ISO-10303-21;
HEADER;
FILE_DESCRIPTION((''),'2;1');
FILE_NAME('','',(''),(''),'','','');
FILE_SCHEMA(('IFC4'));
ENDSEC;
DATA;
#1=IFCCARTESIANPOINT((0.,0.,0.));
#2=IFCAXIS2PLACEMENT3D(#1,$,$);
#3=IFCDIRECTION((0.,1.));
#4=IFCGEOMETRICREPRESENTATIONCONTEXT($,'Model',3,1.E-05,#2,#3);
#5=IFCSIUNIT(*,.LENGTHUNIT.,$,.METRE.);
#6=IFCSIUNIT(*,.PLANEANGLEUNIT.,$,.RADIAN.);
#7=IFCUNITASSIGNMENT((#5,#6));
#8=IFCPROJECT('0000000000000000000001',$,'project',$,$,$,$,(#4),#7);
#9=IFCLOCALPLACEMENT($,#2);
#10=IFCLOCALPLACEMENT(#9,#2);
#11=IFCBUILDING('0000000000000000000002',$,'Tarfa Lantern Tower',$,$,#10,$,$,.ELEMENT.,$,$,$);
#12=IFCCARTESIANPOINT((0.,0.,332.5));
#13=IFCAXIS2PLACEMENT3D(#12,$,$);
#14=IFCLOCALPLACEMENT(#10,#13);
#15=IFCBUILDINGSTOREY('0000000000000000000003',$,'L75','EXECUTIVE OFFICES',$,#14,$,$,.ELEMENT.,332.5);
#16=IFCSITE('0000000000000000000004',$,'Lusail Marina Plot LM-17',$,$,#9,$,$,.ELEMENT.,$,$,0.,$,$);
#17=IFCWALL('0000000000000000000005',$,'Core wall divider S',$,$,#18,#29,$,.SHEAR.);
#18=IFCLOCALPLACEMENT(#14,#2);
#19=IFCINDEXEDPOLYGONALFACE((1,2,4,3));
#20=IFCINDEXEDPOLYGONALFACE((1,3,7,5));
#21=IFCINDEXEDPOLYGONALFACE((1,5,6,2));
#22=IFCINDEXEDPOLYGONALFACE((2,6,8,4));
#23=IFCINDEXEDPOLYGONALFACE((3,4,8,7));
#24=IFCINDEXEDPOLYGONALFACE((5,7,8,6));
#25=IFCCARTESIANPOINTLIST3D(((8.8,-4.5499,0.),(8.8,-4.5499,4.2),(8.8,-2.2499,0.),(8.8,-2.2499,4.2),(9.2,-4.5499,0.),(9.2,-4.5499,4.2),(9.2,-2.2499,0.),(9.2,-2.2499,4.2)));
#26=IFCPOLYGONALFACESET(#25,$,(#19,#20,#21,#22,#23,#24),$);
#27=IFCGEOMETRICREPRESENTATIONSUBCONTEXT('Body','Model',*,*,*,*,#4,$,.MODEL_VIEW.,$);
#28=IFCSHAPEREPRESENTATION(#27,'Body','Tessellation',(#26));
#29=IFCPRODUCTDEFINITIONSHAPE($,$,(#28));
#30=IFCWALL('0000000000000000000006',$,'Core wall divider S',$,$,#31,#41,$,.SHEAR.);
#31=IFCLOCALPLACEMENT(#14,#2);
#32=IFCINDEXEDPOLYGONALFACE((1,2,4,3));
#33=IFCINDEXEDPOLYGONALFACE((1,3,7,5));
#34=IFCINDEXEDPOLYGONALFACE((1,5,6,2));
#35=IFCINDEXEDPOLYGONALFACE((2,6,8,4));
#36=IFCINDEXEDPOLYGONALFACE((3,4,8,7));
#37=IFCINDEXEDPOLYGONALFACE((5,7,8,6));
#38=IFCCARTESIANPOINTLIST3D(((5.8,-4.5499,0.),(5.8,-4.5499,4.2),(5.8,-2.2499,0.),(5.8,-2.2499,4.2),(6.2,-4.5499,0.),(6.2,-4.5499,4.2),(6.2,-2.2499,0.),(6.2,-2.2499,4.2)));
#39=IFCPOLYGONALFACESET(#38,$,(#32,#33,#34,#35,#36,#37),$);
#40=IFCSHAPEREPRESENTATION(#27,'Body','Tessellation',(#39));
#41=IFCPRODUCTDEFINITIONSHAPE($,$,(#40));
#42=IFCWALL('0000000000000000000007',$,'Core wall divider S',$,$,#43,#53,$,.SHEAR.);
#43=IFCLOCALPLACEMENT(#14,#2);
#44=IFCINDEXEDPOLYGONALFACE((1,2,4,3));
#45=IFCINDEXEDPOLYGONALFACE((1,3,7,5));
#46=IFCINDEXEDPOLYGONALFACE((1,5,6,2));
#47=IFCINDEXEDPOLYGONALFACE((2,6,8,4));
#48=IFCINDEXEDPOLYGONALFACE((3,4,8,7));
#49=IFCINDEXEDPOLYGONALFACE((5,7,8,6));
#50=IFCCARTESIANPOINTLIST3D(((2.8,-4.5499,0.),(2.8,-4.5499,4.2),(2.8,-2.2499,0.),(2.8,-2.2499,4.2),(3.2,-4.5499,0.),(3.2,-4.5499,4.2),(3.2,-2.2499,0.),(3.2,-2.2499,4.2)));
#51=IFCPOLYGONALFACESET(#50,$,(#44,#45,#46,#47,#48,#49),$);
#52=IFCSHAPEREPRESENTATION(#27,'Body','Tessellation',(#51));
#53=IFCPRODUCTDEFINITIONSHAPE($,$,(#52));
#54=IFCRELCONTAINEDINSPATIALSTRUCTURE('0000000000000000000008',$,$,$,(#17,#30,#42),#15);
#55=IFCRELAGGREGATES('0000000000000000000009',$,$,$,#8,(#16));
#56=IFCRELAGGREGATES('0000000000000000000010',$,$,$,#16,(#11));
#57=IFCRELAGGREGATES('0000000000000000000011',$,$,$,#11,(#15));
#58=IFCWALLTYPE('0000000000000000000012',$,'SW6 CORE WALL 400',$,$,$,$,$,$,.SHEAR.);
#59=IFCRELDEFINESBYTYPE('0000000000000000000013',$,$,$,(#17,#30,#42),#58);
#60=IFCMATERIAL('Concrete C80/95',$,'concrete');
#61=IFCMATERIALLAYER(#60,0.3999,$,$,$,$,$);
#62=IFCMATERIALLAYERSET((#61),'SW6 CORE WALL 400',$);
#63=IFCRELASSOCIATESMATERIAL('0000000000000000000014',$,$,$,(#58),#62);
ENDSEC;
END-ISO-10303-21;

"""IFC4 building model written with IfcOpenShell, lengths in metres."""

from ifc_helpers import new_model, si_unit, direction, frame, frame_2d, origin, place, context, subcontext, project, spatial, rectangle, extrude, material, layer, layer_set, type_object, element, save


model = new_model("IFC4")

# Units and contexts
model_context = context("Model", 3, precision=1e-05, world=origin(), true_north=direction((0.0, 1.0)))
body_context = subcontext(model_context, "Body", "Model", "MODEL_VIEW")
ifc_project = project(units=[si_unit("LENGTHUNIT", "METRE"), si_unit("PLANEANGLEUNIT", "RADIAN")], contexts=[model_context])

# Site, building, storey
site_placement = place(None, origin())
site = spatial("IfcSite", under=ifc_project, at=site_placement, Name="Lusail Marina Plot LM-17", CompositionType="ELEMENT", RefElevation=0.0)
building_placement = place(site_placement, origin())
building = spatial("IfcBuilding", under=site, at=building_placement, Name="Tarfa Lantern Tower", CompositionType="ELEMENT")
storey_placement = place(building_placement, frame((0.0, 0.0, 332.5)))
storey = spatial("IfcBuildingStorey", under=building, at=storey_placement, Name="L75", Description="EXECUTIVE OFFICES", CompositionType="ELEMENT", Elevation=332.5)

# Shared definitions
ifc_material_1 = material(Name="Concrete C80/95", Category="concrete")

# Walls
ifc_layer_1 = layer(ifc_material_1, 0.3999)
ifc_layer_set_1 = layer_set([ifc_layer_1], Name="SW6 CORE WALL 400")
wall_type_1 = type_object("IfcWallType", Name="SW6 CORE WALL 400", PredefinedType="SHEAR", material=ifc_layer_set_1)
for number, where, z_axis, x_axis, name in (
    (1, (9.0, -2.25, 0.0), (0.0, 0.0, 1.0), (0.0, -1.0, 0.0), "Core wall divider S"),
    (2, (6.0, -2.25, 0.0), (0.0, 0.0, 1.0), (0.0, -1.0, 0.0), "Core wall divider S"),
    (3, (3.0, -2.25, 0.0), (0.0, 0.0, 1.0), (0.0, -1.0, 0.0), "Core wall divider S"),
):
    element("IfcWall", number, at=place(storey_placement, frame(where, z_axis=z_axis, x_axis=x_axis)), inside=storey, type_object=wall_type_1, Name=name, PredefinedType="SHEAR", context=body_context, shape_type="SweptSolid", body=[
        extrude(rectangle(XDim=2.3, YDim=0.3999, at=frame_2d((1.1499, 0.0))), origin(), (0.0, 0.0, 1.0), 4.2),
    ])

save(model, "model.ifc")
